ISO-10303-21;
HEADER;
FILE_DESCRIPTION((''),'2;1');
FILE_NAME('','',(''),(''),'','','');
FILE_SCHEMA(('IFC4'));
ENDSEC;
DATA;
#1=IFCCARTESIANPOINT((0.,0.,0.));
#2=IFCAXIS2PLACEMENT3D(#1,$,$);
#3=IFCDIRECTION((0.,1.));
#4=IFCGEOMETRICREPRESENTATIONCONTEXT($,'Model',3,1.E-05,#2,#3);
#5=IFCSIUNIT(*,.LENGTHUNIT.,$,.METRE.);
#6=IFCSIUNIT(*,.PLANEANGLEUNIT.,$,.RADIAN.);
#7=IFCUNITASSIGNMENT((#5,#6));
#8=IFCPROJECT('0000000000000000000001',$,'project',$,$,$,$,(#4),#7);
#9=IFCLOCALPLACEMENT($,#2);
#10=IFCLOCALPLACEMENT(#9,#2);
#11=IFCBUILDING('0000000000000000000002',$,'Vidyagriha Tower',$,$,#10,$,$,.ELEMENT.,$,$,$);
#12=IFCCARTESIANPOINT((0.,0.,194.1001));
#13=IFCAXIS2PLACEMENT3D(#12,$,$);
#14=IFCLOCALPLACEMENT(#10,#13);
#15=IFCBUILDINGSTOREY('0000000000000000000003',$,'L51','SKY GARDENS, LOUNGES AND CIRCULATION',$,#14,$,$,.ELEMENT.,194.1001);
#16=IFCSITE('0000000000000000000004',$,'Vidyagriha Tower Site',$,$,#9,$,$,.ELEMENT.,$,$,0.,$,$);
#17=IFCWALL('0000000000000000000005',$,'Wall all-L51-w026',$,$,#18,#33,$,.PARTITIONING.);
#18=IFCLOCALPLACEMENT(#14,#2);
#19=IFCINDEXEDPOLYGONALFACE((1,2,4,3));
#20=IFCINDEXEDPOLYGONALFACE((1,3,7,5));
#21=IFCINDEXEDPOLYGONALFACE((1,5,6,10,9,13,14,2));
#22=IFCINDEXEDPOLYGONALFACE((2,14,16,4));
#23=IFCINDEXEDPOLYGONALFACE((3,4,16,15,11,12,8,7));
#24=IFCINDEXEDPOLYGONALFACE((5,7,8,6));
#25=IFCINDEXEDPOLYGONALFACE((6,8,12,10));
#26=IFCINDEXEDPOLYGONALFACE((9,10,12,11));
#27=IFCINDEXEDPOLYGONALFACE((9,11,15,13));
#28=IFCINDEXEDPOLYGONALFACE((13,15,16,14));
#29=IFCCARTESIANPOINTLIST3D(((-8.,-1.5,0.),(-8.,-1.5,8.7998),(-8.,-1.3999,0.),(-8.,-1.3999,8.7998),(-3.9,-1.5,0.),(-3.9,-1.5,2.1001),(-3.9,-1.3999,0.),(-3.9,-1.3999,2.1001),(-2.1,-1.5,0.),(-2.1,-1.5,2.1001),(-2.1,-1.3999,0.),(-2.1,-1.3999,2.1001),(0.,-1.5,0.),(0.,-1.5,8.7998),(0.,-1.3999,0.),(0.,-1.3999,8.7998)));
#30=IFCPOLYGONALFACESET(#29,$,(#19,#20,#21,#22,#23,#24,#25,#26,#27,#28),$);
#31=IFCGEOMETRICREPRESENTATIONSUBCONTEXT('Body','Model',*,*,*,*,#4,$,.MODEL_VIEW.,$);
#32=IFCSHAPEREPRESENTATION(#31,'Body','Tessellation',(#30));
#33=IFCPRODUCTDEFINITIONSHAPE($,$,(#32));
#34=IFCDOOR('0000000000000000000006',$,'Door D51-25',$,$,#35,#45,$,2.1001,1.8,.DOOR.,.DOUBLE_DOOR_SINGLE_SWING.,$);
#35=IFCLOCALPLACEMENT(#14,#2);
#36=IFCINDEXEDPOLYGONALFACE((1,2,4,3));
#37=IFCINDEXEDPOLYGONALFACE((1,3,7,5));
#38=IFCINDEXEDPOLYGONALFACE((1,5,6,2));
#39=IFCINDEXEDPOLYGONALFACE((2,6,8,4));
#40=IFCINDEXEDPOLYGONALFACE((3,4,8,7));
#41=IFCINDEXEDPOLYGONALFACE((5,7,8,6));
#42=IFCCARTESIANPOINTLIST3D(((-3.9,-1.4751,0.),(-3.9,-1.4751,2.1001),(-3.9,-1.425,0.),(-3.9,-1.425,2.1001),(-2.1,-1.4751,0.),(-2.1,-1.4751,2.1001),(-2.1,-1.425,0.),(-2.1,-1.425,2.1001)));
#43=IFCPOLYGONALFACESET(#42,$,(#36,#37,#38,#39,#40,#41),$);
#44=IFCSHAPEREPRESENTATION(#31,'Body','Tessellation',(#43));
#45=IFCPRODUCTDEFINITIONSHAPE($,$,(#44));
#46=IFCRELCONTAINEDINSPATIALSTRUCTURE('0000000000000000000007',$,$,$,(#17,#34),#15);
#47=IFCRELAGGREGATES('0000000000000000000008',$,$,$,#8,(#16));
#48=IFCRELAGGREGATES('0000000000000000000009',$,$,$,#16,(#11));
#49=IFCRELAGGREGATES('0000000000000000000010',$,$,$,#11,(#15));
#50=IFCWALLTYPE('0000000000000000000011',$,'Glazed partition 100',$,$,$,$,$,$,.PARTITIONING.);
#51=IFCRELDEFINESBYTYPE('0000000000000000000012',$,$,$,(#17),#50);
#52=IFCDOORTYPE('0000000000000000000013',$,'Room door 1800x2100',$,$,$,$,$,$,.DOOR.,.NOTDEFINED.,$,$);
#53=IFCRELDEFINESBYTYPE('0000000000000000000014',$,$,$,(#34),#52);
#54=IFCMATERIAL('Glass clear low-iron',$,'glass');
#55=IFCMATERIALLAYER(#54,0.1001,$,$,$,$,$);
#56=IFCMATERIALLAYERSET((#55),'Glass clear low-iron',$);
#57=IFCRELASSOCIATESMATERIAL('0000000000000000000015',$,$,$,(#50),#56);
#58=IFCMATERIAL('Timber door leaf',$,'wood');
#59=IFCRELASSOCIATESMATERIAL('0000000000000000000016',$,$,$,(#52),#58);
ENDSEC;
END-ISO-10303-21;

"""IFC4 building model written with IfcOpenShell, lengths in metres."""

from ifc_helpers import new_model, si_unit, direction, frame, frame_2d, origin, place, context, subcontext, project, spatial, rectangle, extrude, material, layer, layer_set, type_object, element, fill, save


model = new_model("IFC4")

# Units and contexts
model_context = context("Model", 3, precision=1e-05, world=origin(), true_north=direction((0.0, 1.0)))
body_context = subcontext(model_context, "Body", "Model", "MODEL_VIEW")
ifc_project = project(units=[si_unit("LENGTHUNIT", "METRE"), si_unit("PLANEANGLEUNIT", "RADIAN")], contexts=[model_context])

# Site, building, storey
site_placement = place(None, origin())
site = spatial("IfcSite", under=ifc_project, at=site_placement, Name="Vidyagriha Tower Site", CompositionType="ELEMENT", RefElevation=0.0)
building_placement = place(site_placement, origin())
building = spatial("IfcBuilding", under=site, at=building_placement, Name="Vidyagriha Tower", CompositionType="ELEMENT")
storey_placement = place(building_placement, frame((0.0, 0.0, 194.1001)))
storey = spatial("IfcBuildingStorey", under=building, at=storey_placement, Name="L51", Description="SKY GARDENS, LOUNGES AND CIRCULATION", CompositionType="ELEMENT", Elevation=194.1001)

# Wall, opening, door
ifc_material_1 = material(Name="Glass clear low-iron", Category="glass")
ifc_layer_1 = layer(ifc_material_1, 0.1001)
ifc_layer_set_1 = layer_set([ifc_layer_1], Name="Glass clear low-iron")
wall_type_1 = type_object("IfcWallType", Name="Glazed partition 100", PredefinedType="PARTITIONING", material=ifc_layer_set_1)
wall_1_placement = place(storey_placement, frame((-8.0, -1.45, 0.0)))
wall_1 = element("IfcWall", 1, at=wall_1_placement, inside=storey, type_object=wall_type_1, Name="Wall all-L51-w026", PredefinedType="PARTITIONING", context=body_context, shape_type="SweptSolid", body=[
    extrude(rectangle(XDim=8.0, YDim=0.1001, at=frame_2d((4.0, 0.0))), origin(), (0.0, 0.0, 1.0), 8.7998),
])
opening_1_placement = place(wall_1_placement, frame((4.1001, 0.0, 0.0)))
opening_1 = element("IfcOpeningElement", 2, at=opening_1_placement, cuts=wall_1, PredefinedType="OPENING", context=body_context, shape_type="SweptSolid", body=[
    extrude(rectangle(XDim=1.8, YDim=2.1001, at=frame_2d((0.8999, 1.05))), frame((0.0, 0.0601, 0.0), z_axis=(0.0, -1.0, 0.0), x_axis=(1.0, 0.0, 0.0)), (0.0, 0.0, 1.0), 0.1201),
])
ifc_material_2 = material(Name="Timber door leaf", Category="wood")
door_type_1 = type_object("IfcDoorType", Name="Room door 1800x2100", OperationType="NOTDEFINED", PredefinedType="DOOR", material=ifc_material_2)
door_1_placement = place(opening_1_placement, origin())
door_1 = element("IfcDoor", 3, at=door_1_placement, inside=storey, type_object=door_type_1, Name="Door D51-25", OperationType="DOUBLE_DOOR_SINGLE_SWING", OverallHeight=2.1001, OverallWidth=1.8, PredefinedType="DOOR", context=body_context, shape_type="SweptSolid", body=[
    extrude(rectangle(XDim=1.8, YDim=2.1001, at=frame_2d((0.8999, 1.05))), frame((0.0, 0.0249, 0.0), z_axis=(0.0, -1.0, 0.0), x_axis=(1.0, 0.0, 0.0)), (0.0, 0.0, 1.0), 0.05),
])
fill(opening_1, door_1)

save(model, "model.ifc")
